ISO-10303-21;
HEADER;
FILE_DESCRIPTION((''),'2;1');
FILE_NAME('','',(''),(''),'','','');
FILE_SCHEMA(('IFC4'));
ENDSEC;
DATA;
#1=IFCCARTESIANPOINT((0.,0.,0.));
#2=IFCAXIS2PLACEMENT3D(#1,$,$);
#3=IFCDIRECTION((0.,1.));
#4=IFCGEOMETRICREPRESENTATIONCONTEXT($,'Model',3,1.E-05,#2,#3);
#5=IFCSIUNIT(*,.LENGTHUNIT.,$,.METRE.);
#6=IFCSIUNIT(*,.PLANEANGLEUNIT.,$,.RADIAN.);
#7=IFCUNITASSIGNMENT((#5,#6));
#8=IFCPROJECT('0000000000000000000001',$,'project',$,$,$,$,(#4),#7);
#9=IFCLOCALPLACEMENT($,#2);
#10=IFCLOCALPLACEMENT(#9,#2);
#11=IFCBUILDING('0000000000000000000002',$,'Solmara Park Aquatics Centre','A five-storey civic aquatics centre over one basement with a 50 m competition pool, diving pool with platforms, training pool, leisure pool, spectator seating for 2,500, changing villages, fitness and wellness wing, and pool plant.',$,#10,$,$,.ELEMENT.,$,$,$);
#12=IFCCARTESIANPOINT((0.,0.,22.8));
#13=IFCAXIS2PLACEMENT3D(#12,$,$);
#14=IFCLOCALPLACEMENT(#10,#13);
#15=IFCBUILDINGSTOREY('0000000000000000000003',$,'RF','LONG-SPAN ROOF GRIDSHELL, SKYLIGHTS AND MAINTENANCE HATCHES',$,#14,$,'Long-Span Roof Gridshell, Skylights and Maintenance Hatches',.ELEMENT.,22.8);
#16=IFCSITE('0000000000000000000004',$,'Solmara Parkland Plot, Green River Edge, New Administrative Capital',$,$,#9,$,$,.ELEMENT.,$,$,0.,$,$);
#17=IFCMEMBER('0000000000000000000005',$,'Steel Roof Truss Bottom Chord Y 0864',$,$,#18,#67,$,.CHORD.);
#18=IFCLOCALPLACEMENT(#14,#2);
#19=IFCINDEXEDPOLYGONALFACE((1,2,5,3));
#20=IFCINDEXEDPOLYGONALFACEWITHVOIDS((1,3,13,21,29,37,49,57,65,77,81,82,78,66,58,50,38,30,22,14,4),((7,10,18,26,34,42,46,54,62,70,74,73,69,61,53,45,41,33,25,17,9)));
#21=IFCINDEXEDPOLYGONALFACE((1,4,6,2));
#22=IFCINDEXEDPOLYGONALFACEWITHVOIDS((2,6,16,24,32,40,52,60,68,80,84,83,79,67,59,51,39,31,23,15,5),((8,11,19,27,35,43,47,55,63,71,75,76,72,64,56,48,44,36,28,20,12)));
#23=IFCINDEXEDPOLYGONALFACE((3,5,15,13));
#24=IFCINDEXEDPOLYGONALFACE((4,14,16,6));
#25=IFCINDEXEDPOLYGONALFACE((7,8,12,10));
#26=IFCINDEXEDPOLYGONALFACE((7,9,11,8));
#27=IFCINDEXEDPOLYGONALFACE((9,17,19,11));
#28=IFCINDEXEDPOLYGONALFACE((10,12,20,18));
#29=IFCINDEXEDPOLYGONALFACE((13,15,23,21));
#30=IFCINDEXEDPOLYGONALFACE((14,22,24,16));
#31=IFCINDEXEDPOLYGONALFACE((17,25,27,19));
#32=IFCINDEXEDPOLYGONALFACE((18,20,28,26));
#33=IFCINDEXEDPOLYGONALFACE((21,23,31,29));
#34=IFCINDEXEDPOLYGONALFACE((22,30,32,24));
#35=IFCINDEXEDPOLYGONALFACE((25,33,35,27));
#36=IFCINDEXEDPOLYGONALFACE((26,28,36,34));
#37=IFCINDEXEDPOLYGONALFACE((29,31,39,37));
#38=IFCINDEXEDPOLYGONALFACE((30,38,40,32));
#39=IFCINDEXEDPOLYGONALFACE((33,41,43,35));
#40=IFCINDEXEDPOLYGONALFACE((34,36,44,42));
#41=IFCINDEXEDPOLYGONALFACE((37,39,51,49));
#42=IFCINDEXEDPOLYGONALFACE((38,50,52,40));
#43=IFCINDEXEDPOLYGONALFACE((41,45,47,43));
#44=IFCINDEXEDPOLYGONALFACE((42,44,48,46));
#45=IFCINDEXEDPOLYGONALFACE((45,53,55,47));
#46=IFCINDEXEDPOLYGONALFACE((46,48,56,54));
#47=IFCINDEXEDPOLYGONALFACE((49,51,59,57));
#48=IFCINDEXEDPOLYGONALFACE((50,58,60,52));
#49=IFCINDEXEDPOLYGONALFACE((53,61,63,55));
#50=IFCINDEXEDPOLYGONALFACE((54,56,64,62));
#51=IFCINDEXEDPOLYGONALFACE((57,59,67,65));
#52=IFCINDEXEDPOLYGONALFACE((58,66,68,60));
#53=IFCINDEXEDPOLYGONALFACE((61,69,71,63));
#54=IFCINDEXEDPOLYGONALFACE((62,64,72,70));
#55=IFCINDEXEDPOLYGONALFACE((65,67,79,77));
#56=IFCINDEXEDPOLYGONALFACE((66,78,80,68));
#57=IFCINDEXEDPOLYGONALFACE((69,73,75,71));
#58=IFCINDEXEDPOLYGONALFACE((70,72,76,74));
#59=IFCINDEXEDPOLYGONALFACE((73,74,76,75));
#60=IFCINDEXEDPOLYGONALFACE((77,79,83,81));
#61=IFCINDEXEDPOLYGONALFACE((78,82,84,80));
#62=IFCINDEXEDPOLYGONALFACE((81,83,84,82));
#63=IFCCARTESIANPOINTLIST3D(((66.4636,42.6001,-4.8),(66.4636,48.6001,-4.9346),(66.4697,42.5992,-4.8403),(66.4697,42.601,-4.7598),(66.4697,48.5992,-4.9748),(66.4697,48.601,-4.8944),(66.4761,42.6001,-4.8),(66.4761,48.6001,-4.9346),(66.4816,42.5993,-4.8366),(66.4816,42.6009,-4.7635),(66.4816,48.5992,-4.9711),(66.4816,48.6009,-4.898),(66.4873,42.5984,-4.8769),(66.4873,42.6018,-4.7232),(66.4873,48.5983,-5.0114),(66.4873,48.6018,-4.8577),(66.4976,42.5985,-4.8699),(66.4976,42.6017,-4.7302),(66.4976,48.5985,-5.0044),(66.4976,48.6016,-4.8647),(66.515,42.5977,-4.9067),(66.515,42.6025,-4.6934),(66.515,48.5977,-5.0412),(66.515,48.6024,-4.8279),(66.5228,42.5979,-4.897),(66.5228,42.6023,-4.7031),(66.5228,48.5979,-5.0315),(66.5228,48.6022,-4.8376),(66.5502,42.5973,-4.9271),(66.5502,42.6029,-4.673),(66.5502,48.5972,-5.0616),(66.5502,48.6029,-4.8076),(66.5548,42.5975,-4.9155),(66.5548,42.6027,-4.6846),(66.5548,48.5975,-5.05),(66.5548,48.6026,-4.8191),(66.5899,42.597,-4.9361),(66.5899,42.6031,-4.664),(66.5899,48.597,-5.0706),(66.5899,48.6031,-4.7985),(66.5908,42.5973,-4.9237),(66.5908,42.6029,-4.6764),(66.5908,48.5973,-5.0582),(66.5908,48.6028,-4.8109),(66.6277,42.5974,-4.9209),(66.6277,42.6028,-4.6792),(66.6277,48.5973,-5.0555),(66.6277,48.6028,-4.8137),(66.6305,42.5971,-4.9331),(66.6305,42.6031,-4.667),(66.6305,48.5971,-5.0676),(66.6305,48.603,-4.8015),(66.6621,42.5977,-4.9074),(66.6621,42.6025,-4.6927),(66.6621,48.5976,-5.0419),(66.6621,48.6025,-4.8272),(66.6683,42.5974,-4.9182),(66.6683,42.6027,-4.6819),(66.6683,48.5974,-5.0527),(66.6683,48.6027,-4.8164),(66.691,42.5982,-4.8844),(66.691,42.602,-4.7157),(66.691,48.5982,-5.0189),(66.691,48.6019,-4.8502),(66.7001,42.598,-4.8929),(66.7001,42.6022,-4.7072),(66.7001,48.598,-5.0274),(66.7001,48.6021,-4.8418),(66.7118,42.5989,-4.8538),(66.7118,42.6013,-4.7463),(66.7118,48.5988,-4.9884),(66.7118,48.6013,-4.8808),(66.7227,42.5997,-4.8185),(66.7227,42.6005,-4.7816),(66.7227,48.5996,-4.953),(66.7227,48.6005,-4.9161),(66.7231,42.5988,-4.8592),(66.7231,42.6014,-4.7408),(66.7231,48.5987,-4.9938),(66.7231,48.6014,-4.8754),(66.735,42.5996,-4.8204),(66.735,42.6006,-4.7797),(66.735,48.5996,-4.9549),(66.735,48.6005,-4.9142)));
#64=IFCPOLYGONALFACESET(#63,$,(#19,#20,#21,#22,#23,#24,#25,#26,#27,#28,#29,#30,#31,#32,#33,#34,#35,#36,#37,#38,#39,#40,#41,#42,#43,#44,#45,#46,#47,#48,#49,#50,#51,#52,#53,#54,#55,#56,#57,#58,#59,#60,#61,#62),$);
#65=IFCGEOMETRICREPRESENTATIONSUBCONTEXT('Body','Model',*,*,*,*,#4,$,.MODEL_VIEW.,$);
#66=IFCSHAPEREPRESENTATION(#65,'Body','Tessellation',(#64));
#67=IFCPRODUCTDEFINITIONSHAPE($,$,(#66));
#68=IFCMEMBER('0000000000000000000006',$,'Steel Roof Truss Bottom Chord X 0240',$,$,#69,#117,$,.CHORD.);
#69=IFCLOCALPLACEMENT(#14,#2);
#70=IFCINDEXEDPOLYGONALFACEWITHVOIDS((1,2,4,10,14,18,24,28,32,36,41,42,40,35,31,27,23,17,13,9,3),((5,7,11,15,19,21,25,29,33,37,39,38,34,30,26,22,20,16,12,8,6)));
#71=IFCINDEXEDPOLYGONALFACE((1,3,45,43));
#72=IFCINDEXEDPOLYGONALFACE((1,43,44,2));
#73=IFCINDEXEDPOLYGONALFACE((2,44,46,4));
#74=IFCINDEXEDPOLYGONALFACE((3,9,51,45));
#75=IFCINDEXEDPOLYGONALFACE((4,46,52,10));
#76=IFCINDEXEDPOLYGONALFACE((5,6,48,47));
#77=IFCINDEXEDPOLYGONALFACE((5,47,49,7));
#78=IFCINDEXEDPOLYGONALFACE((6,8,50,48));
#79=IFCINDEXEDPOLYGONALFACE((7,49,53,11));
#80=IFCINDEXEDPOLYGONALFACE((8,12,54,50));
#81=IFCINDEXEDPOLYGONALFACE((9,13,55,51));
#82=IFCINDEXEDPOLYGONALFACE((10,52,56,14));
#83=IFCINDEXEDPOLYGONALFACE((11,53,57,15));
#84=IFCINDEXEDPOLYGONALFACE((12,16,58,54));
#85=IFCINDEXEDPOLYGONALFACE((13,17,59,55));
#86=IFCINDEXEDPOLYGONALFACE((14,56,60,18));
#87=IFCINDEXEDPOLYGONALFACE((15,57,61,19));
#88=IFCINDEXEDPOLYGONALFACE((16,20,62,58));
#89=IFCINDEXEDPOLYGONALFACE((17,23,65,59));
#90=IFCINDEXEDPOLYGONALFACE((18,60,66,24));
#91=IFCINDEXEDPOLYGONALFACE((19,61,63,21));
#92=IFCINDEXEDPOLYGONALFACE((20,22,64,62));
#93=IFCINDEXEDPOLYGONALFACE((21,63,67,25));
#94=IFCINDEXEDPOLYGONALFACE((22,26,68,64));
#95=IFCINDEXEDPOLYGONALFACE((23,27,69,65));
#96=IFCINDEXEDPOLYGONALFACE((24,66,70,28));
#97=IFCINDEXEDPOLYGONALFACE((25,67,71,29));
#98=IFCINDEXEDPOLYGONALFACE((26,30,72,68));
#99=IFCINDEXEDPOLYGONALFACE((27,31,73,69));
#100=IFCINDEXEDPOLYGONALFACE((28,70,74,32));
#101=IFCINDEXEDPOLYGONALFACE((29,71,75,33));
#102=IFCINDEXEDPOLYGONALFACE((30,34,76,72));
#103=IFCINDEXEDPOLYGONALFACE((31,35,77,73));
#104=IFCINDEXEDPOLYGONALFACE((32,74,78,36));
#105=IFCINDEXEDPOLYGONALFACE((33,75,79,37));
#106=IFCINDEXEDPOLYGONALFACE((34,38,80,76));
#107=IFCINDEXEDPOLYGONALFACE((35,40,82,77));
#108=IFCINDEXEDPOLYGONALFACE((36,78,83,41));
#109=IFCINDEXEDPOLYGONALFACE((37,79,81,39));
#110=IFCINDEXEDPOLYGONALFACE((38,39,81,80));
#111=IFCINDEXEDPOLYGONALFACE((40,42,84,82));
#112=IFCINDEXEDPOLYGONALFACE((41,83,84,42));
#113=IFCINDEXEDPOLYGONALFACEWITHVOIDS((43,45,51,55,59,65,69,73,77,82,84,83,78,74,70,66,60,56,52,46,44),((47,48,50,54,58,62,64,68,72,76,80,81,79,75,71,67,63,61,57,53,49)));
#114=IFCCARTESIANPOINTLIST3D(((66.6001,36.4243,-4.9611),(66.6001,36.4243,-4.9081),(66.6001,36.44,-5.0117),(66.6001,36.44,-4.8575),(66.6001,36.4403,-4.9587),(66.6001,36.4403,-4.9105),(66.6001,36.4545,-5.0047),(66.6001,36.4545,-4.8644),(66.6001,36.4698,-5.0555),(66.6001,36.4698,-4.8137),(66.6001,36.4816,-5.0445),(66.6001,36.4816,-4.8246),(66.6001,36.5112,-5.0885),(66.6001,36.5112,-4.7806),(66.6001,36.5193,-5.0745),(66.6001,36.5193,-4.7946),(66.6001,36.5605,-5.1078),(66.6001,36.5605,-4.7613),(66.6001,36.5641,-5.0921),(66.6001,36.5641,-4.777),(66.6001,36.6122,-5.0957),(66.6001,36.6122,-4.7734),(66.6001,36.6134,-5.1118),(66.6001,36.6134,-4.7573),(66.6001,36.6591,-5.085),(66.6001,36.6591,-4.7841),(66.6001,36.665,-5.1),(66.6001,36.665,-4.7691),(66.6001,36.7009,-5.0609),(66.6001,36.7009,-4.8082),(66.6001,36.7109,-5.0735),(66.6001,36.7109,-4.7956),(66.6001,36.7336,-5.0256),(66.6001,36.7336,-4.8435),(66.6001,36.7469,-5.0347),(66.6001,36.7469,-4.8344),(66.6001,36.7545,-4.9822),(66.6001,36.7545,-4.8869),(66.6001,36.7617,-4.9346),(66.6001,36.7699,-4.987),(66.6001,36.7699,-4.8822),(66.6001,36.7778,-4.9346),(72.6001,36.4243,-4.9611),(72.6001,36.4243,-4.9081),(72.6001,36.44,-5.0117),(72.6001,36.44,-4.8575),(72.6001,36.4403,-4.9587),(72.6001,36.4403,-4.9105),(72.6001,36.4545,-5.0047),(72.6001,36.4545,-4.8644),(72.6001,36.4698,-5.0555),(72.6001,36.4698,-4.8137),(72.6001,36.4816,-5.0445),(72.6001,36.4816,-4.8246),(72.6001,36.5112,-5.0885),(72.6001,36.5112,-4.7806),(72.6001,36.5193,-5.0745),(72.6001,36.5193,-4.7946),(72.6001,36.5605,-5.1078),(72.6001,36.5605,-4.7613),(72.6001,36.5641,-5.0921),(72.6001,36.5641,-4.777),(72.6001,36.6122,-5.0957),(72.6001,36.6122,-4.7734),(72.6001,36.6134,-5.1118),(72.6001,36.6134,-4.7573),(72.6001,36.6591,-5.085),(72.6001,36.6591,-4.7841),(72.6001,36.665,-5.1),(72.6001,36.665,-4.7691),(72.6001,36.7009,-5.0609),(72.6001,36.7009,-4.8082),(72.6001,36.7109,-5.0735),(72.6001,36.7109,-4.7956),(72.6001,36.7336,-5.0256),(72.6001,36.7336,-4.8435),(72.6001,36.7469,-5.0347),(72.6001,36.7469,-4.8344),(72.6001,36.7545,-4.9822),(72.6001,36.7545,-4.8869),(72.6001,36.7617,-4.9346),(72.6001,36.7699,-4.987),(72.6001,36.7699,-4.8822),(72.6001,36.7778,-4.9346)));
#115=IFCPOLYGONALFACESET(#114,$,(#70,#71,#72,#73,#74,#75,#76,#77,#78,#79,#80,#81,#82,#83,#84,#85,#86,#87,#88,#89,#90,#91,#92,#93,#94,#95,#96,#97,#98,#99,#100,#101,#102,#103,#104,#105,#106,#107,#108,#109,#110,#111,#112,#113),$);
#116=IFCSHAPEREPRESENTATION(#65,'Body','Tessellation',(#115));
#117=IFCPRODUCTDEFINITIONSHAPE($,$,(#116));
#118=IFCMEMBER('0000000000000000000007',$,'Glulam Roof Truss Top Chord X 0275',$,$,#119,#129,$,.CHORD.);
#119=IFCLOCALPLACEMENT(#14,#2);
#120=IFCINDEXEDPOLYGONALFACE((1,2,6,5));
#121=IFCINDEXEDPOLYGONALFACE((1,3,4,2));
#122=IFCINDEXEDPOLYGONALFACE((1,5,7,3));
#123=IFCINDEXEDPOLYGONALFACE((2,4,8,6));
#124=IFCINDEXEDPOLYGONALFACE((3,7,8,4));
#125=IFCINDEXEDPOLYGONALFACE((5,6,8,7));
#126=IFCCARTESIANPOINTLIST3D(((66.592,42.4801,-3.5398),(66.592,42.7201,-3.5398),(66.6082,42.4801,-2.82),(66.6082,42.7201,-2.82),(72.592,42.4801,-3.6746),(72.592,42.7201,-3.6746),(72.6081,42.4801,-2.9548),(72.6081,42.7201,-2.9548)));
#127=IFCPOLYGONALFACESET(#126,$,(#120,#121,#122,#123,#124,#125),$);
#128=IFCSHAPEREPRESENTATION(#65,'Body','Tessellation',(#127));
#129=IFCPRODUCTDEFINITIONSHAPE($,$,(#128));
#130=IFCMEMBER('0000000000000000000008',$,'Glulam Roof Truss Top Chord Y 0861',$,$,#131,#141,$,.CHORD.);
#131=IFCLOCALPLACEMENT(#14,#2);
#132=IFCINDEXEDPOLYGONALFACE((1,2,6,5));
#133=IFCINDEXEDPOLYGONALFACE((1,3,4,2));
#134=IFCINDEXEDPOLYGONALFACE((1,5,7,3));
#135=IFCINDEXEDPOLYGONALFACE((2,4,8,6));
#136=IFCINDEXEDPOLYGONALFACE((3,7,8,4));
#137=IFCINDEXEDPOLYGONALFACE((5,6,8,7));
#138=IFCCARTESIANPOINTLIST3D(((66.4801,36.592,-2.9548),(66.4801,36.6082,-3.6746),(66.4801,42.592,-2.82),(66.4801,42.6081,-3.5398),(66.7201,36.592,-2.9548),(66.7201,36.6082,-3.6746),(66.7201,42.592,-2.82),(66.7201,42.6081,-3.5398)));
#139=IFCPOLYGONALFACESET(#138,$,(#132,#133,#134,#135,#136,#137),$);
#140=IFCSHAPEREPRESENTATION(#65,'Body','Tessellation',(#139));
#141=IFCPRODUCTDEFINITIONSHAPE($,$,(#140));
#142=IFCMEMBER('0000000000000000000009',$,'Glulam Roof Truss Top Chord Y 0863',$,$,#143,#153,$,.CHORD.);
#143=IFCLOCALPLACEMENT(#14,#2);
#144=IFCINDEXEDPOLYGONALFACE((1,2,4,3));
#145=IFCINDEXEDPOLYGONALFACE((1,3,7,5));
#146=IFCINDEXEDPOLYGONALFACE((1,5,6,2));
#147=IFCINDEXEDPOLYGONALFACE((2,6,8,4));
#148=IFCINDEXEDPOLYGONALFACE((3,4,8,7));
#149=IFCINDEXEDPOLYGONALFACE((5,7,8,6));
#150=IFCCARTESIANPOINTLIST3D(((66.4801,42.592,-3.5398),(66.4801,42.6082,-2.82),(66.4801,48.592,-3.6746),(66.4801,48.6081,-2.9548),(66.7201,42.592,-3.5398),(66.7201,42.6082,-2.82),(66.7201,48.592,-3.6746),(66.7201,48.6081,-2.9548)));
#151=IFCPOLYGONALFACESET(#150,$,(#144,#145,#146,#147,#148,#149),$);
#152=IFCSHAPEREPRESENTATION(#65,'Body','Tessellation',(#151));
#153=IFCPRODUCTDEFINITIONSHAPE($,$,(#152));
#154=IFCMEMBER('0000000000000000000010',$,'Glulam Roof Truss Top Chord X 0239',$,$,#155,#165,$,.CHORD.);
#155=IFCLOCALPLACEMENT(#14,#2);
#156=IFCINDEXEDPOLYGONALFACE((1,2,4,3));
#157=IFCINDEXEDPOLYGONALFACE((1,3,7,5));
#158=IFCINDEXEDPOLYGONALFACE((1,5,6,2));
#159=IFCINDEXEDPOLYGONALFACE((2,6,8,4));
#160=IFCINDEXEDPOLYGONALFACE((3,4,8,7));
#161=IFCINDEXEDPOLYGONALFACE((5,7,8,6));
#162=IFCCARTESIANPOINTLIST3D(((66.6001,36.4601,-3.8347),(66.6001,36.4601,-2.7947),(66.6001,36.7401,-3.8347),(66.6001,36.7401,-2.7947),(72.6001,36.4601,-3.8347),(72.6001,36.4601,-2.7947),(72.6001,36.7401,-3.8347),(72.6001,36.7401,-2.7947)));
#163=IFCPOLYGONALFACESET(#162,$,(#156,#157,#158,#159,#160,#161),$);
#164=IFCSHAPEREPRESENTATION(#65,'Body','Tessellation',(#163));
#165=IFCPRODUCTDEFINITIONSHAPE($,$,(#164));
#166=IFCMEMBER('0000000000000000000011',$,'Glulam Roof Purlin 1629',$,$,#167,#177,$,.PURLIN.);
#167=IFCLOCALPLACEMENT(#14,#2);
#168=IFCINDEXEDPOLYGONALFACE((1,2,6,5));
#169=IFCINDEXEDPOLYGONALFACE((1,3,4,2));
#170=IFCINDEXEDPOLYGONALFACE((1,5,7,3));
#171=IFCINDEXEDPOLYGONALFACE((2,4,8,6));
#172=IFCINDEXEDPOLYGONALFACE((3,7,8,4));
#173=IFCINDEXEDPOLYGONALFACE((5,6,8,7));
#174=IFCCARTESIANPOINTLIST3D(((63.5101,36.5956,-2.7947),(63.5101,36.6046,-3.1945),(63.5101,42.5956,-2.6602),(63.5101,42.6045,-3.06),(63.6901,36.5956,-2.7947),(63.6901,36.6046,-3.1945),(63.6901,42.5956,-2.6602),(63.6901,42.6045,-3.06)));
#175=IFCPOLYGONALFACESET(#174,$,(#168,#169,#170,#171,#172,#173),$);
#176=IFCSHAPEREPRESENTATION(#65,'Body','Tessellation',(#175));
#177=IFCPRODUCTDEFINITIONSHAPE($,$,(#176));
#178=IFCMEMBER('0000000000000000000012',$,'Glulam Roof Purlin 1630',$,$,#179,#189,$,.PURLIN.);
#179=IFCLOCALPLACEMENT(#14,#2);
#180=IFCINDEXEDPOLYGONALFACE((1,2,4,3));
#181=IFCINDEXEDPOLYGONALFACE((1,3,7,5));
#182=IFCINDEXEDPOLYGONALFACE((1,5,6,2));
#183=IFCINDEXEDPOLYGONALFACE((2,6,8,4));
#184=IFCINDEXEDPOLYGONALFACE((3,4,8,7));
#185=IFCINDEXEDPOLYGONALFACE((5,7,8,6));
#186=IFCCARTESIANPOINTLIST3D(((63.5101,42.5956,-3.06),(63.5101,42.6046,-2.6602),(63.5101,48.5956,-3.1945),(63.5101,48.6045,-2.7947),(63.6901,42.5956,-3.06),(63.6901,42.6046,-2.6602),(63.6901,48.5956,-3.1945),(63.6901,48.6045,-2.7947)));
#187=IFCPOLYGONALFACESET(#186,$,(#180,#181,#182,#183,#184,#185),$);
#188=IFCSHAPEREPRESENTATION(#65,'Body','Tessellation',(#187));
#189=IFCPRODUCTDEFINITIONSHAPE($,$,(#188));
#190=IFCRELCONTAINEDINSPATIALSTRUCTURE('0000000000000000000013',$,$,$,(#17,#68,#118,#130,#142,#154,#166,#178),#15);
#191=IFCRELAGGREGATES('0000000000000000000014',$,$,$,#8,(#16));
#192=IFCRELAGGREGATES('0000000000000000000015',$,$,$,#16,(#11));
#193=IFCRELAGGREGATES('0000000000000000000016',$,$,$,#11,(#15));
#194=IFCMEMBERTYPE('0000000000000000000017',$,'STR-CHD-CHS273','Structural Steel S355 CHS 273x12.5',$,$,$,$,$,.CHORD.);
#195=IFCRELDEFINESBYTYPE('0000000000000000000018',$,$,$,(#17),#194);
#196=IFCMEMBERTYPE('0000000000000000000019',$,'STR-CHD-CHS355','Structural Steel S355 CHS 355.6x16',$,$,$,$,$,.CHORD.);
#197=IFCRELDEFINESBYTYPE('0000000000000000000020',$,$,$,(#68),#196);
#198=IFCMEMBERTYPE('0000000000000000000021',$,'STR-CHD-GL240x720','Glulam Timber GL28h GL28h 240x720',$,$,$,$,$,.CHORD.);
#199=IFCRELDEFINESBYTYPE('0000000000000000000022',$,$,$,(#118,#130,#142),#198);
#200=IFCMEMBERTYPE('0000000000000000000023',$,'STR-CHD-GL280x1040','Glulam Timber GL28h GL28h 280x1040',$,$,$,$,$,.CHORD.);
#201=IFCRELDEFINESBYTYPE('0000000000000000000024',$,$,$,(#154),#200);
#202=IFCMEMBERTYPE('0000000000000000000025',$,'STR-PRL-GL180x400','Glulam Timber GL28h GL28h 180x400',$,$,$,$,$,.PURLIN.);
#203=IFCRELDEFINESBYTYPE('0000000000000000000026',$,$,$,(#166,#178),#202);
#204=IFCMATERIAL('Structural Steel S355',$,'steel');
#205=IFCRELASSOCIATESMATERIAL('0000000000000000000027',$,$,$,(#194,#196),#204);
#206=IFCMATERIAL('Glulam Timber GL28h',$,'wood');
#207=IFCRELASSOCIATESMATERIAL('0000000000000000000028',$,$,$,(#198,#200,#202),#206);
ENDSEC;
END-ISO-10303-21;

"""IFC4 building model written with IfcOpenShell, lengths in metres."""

from ifc_helpers import new_model, si_unit, direction, frame, origin, origin_2d, place, context, subcontext, project, spatial, rectangle, hollow_circle, extrude, material, material_profile, profile_set, type_object, element, save


model = new_model("IFC4")

# Units and contexts
model_context = context("Model", 3, precision=1e-05, world=origin(), true_north=direction((0.0, 1.0)))
body_context = subcontext(model_context, "Body", "Model", "MODEL_VIEW")
ifc_project = project(units=[si_unit("LENGTHUNIT", "METRE"), si_unit("PLANEANGLEUNIT", "RADIAN")], contexts=[model_context])

# Site, building, storey
site_placement = place(None, origin())
site = spatial("IfcSite", under=ifc_project, at=site_placement, Name="Solmara Parkland Plot, Green River Edge, New Administrative Capital", CompositionType="ELEMENT", RefElevation=0.0)
building_placement = place(site_placement, origin())
building = spatial("IfcBuilding", under=site, at=building_placement, Name="Solmara Park Aquatics Centre", Description="A five-storey civic aquatics centre over one basement with a 50 m competition pool, diving pool with platforms, training pool, leisure pool, spectator seating for 2,500, changing villages, fitness and wellness wing, and pool plant.", CompositionType="ELEMENT")
storey_placement = place(building_placement, frame((0.0, 0.0, 22.8)))
storey = spatial("IfcBuildingStorey", under=building, at=storey_placement, Name="RF", Description="LONG-SPAN ROOF GRIDSHELL, SKYLIGHTS AND MAINTENANCE HATCHES", LongName="Long-Span Roof Gridshell, Skylights and Maintenance Hatches", CompositionType="ELEMENT", Elevation=22.8)

# Members
ifc_material_1 = material(Name="Structural Steel S355", Category="steel")
ifc_material_profile_1 = material_profile(ifc_material_1, hollow_circle(Radius=0.1365, WallThickness=0.0125, at=origin_2d()), Name="CHS 273x12.5")
ifc_profile_set_1 = profile_set([ifc_material_profile_1], Name="Structural Steel S355")
member_type_1 = type_object("IfcMemberType", Name="STR-CHD-CHS273", Description="Structural Steel S355 CHS 273x12.5", PredefinedType="CHORD", material=ifc_profile_set_1)
for number, where, z_axis, x_axis, name in (
    (1, (66.6001, 42.6001, -4.8), (0.0, 0.999749, -0.022415), (-1.0, 0.0, 0.0), "Steel Roof Truss Bottom Chord Y 0864"),
):
    element("IfcMember", number, at=place(storey_placement, frame(where, z_axis=z_axis, x_axis=x_axis)), inside=storey, type_object=member_type_1, Name=name, PredefinedType="CHORD", context=body_context, shape_type="SweptSolid", body=[
        extrude(hollow_circle(Radius=0.1365, WallThickness=0.0125, at=origin_2d()), origin(), (0.0, 0.0, 1.0), 6.0015),
    ])
ifc_material_profile_2 = material_profile(ifc_material_1, hollow_circle(Radius=0.1777, WallThickness=0.0161, at=origin_2d()), Name="CHS 355.6x16")
ifc_profile_set_2 = profile_set([ifc_material_profile_2], Name="Structural Steel S355")
member_type_2 = type_object("IfcMemberType", Name="STR-CHD-CHS355", Description="Structural Steel S355 CHS 355.6x16", PredefinedType="CHORD", material=ifc_profile_set_2)
member_1_placement = place(storey_placement, frame((66.6001, 36.6001, -4.9346), z_axis=(1.0, 0.0, 0.0), x_axis=(0.0, 1.0, 0.0)))
element("IfcMember", 2, at=member_1_placement, inside=storey, type_object=member_type_2, Name="Steel Roof Truss Bottom Chord X 0240", PredefinedType="CHORD", context=body_context, shape_type="SweptSolid", body=[
    extrude(hollow_circle(Radius=0.1777, WallThickness=0.0161, at=origin_2d()), origin(), (0.0, 0.0, 1.0), 6.0),
])
ifc_material_2 = material(Name="Glulam Timber GL28h", Category="wood")
ifc_material_profile_3 = material_profile(ifc_material_2, rectangle(XDim=0.24, YDim=0.72, at=origin_2d()), Name="GL28h 240x720")
ifc_profile_set_3 = profile_set([ifc_material_profile_3], Name="Glulam Timber GL28h")
member_type_3 = type_object("IfcMemberType", Name="STR-CHD-GL240x720", Description="Glulam Timber GL28h GL28h 240x720", PredefinedType="CHORD", material=ifc_profile_set_3)
for number, where, z_axis, x_axis, name in (
    (3, (66.6001, 42.6001, -3.1799), (0.999748, 0.0, -0.022455), (0.0, 1.0, 0.0), "Glulam Roof Truss Top Chord X 0275"),
    (4, (66.6001, 36.6001, -3.3147), (0.0, 0.999748, 0.022455), (-1.0, 0.0, 0.0), "Glulam Roof Truss Top Chord Y 0861"),
    (5, (66.6001, 42.6001, -3.1799), (0.0, 0.999748, -0.022455), (-1.0, 0.0, 0.0), "Glulam Roof Truss Top Chord Y 0863"),
):
    element("IfcMember", number, at=place(storey_placement, frame(where, z_axis=z_axis, x_axis=x_axis)), inside=storey, type_object=member_type_3, Name=name, PredefinedType="CHORD", context=body_context, shape_type="SweptSolid", body=[
        extrude(rectangle(XDim=0.24, YDim=0.72, at=origin_2d()), origin(), (0.0, 0.0, 1.0), 6.0015),
    ])
ifc_material_profile_4 = material_profile(ifc_material_2, rectangle(XDim=0.28, YDim=1.04, at=origin_2d()), Name="GL28h 280x1040")
ifc_profile_set_4 = profile_set([ifc_material_profile_4], Name="Glulam Timber GL28h")
member_type_4 = type_object("IfcMemberType", Name="STR-CHD-GL280x1040", Description="Glulam Timber GL28h GL28h 280x1040", PredefinedType="CHORD", material=ifc_profile_set_4)
member_2_placement = place(storey_placement, frame((66.6001, 36.6001, -3.3147), z_axis=(1.0, 0.0, 0.0), x_axis=(0.0, 1.0, 0.0)))
element("IfcMember", 6, at=member_2_placement, inside=storey, type_object=member_type_4, Name="Glulam Roof Truss Top Chord X 0239", PredefinedType="CHORD", context=body_context, shape_type="SweptSolid", body=[
    extrude(rectangle(XDim=0.28, YDim=1.04, at=origin_2d()), origin(), (0.0, 0.0, 1.0), 6.0),
])
ifc_material_profile_5 = material_profile(ifc_material_2, rectangle(XDim=0.1799, YDim=0.3999, at=origin_2d()), Name="GL28h 180x400")
ifc_profile_set_5 = profile_set([ifc_material_profile_5], Name="Glulam Timber GL28h")
member_type_5 = type_object("IfcMemberType", Name="STR-PRL-GL180x400", Description="Glulam Timber GL28h GL28h 180x400", PredefinedType="PURLIN", material=ifc_profile_set_5)
for number, where, z_axis, x_axis, name in (
    (7, (63.6001, 36.6001, -2.9946), (0.0, 0.999749, 0.022415), (-1.0, 0.0, 0.0), "Glulam Roof Purlin 1629"),
    (8, (63.6001, 42.6001, -2.8601), (0.0, 0.999749, -0.022415), (-1.0, 0.0, 0.0), "Glulam Roof Purlin 1630"),
):
    element("IfcMember", number, at=place(storey_placement, frame(where, z_axis=z_axis, x_axis=x_axis)), inside=storey, type_object=member_type_5, Name=name, PredefinedType="PURLIN", context=body_context, shape_type="SweptSolid", body=[
        extrude(rectangle(XDim=0.1799, YDim=0.3999, at=origin_2d()), origin(), (0.0, 0.0, 1.0), 6.0015),
    ])

save(model, "model.ifc")
